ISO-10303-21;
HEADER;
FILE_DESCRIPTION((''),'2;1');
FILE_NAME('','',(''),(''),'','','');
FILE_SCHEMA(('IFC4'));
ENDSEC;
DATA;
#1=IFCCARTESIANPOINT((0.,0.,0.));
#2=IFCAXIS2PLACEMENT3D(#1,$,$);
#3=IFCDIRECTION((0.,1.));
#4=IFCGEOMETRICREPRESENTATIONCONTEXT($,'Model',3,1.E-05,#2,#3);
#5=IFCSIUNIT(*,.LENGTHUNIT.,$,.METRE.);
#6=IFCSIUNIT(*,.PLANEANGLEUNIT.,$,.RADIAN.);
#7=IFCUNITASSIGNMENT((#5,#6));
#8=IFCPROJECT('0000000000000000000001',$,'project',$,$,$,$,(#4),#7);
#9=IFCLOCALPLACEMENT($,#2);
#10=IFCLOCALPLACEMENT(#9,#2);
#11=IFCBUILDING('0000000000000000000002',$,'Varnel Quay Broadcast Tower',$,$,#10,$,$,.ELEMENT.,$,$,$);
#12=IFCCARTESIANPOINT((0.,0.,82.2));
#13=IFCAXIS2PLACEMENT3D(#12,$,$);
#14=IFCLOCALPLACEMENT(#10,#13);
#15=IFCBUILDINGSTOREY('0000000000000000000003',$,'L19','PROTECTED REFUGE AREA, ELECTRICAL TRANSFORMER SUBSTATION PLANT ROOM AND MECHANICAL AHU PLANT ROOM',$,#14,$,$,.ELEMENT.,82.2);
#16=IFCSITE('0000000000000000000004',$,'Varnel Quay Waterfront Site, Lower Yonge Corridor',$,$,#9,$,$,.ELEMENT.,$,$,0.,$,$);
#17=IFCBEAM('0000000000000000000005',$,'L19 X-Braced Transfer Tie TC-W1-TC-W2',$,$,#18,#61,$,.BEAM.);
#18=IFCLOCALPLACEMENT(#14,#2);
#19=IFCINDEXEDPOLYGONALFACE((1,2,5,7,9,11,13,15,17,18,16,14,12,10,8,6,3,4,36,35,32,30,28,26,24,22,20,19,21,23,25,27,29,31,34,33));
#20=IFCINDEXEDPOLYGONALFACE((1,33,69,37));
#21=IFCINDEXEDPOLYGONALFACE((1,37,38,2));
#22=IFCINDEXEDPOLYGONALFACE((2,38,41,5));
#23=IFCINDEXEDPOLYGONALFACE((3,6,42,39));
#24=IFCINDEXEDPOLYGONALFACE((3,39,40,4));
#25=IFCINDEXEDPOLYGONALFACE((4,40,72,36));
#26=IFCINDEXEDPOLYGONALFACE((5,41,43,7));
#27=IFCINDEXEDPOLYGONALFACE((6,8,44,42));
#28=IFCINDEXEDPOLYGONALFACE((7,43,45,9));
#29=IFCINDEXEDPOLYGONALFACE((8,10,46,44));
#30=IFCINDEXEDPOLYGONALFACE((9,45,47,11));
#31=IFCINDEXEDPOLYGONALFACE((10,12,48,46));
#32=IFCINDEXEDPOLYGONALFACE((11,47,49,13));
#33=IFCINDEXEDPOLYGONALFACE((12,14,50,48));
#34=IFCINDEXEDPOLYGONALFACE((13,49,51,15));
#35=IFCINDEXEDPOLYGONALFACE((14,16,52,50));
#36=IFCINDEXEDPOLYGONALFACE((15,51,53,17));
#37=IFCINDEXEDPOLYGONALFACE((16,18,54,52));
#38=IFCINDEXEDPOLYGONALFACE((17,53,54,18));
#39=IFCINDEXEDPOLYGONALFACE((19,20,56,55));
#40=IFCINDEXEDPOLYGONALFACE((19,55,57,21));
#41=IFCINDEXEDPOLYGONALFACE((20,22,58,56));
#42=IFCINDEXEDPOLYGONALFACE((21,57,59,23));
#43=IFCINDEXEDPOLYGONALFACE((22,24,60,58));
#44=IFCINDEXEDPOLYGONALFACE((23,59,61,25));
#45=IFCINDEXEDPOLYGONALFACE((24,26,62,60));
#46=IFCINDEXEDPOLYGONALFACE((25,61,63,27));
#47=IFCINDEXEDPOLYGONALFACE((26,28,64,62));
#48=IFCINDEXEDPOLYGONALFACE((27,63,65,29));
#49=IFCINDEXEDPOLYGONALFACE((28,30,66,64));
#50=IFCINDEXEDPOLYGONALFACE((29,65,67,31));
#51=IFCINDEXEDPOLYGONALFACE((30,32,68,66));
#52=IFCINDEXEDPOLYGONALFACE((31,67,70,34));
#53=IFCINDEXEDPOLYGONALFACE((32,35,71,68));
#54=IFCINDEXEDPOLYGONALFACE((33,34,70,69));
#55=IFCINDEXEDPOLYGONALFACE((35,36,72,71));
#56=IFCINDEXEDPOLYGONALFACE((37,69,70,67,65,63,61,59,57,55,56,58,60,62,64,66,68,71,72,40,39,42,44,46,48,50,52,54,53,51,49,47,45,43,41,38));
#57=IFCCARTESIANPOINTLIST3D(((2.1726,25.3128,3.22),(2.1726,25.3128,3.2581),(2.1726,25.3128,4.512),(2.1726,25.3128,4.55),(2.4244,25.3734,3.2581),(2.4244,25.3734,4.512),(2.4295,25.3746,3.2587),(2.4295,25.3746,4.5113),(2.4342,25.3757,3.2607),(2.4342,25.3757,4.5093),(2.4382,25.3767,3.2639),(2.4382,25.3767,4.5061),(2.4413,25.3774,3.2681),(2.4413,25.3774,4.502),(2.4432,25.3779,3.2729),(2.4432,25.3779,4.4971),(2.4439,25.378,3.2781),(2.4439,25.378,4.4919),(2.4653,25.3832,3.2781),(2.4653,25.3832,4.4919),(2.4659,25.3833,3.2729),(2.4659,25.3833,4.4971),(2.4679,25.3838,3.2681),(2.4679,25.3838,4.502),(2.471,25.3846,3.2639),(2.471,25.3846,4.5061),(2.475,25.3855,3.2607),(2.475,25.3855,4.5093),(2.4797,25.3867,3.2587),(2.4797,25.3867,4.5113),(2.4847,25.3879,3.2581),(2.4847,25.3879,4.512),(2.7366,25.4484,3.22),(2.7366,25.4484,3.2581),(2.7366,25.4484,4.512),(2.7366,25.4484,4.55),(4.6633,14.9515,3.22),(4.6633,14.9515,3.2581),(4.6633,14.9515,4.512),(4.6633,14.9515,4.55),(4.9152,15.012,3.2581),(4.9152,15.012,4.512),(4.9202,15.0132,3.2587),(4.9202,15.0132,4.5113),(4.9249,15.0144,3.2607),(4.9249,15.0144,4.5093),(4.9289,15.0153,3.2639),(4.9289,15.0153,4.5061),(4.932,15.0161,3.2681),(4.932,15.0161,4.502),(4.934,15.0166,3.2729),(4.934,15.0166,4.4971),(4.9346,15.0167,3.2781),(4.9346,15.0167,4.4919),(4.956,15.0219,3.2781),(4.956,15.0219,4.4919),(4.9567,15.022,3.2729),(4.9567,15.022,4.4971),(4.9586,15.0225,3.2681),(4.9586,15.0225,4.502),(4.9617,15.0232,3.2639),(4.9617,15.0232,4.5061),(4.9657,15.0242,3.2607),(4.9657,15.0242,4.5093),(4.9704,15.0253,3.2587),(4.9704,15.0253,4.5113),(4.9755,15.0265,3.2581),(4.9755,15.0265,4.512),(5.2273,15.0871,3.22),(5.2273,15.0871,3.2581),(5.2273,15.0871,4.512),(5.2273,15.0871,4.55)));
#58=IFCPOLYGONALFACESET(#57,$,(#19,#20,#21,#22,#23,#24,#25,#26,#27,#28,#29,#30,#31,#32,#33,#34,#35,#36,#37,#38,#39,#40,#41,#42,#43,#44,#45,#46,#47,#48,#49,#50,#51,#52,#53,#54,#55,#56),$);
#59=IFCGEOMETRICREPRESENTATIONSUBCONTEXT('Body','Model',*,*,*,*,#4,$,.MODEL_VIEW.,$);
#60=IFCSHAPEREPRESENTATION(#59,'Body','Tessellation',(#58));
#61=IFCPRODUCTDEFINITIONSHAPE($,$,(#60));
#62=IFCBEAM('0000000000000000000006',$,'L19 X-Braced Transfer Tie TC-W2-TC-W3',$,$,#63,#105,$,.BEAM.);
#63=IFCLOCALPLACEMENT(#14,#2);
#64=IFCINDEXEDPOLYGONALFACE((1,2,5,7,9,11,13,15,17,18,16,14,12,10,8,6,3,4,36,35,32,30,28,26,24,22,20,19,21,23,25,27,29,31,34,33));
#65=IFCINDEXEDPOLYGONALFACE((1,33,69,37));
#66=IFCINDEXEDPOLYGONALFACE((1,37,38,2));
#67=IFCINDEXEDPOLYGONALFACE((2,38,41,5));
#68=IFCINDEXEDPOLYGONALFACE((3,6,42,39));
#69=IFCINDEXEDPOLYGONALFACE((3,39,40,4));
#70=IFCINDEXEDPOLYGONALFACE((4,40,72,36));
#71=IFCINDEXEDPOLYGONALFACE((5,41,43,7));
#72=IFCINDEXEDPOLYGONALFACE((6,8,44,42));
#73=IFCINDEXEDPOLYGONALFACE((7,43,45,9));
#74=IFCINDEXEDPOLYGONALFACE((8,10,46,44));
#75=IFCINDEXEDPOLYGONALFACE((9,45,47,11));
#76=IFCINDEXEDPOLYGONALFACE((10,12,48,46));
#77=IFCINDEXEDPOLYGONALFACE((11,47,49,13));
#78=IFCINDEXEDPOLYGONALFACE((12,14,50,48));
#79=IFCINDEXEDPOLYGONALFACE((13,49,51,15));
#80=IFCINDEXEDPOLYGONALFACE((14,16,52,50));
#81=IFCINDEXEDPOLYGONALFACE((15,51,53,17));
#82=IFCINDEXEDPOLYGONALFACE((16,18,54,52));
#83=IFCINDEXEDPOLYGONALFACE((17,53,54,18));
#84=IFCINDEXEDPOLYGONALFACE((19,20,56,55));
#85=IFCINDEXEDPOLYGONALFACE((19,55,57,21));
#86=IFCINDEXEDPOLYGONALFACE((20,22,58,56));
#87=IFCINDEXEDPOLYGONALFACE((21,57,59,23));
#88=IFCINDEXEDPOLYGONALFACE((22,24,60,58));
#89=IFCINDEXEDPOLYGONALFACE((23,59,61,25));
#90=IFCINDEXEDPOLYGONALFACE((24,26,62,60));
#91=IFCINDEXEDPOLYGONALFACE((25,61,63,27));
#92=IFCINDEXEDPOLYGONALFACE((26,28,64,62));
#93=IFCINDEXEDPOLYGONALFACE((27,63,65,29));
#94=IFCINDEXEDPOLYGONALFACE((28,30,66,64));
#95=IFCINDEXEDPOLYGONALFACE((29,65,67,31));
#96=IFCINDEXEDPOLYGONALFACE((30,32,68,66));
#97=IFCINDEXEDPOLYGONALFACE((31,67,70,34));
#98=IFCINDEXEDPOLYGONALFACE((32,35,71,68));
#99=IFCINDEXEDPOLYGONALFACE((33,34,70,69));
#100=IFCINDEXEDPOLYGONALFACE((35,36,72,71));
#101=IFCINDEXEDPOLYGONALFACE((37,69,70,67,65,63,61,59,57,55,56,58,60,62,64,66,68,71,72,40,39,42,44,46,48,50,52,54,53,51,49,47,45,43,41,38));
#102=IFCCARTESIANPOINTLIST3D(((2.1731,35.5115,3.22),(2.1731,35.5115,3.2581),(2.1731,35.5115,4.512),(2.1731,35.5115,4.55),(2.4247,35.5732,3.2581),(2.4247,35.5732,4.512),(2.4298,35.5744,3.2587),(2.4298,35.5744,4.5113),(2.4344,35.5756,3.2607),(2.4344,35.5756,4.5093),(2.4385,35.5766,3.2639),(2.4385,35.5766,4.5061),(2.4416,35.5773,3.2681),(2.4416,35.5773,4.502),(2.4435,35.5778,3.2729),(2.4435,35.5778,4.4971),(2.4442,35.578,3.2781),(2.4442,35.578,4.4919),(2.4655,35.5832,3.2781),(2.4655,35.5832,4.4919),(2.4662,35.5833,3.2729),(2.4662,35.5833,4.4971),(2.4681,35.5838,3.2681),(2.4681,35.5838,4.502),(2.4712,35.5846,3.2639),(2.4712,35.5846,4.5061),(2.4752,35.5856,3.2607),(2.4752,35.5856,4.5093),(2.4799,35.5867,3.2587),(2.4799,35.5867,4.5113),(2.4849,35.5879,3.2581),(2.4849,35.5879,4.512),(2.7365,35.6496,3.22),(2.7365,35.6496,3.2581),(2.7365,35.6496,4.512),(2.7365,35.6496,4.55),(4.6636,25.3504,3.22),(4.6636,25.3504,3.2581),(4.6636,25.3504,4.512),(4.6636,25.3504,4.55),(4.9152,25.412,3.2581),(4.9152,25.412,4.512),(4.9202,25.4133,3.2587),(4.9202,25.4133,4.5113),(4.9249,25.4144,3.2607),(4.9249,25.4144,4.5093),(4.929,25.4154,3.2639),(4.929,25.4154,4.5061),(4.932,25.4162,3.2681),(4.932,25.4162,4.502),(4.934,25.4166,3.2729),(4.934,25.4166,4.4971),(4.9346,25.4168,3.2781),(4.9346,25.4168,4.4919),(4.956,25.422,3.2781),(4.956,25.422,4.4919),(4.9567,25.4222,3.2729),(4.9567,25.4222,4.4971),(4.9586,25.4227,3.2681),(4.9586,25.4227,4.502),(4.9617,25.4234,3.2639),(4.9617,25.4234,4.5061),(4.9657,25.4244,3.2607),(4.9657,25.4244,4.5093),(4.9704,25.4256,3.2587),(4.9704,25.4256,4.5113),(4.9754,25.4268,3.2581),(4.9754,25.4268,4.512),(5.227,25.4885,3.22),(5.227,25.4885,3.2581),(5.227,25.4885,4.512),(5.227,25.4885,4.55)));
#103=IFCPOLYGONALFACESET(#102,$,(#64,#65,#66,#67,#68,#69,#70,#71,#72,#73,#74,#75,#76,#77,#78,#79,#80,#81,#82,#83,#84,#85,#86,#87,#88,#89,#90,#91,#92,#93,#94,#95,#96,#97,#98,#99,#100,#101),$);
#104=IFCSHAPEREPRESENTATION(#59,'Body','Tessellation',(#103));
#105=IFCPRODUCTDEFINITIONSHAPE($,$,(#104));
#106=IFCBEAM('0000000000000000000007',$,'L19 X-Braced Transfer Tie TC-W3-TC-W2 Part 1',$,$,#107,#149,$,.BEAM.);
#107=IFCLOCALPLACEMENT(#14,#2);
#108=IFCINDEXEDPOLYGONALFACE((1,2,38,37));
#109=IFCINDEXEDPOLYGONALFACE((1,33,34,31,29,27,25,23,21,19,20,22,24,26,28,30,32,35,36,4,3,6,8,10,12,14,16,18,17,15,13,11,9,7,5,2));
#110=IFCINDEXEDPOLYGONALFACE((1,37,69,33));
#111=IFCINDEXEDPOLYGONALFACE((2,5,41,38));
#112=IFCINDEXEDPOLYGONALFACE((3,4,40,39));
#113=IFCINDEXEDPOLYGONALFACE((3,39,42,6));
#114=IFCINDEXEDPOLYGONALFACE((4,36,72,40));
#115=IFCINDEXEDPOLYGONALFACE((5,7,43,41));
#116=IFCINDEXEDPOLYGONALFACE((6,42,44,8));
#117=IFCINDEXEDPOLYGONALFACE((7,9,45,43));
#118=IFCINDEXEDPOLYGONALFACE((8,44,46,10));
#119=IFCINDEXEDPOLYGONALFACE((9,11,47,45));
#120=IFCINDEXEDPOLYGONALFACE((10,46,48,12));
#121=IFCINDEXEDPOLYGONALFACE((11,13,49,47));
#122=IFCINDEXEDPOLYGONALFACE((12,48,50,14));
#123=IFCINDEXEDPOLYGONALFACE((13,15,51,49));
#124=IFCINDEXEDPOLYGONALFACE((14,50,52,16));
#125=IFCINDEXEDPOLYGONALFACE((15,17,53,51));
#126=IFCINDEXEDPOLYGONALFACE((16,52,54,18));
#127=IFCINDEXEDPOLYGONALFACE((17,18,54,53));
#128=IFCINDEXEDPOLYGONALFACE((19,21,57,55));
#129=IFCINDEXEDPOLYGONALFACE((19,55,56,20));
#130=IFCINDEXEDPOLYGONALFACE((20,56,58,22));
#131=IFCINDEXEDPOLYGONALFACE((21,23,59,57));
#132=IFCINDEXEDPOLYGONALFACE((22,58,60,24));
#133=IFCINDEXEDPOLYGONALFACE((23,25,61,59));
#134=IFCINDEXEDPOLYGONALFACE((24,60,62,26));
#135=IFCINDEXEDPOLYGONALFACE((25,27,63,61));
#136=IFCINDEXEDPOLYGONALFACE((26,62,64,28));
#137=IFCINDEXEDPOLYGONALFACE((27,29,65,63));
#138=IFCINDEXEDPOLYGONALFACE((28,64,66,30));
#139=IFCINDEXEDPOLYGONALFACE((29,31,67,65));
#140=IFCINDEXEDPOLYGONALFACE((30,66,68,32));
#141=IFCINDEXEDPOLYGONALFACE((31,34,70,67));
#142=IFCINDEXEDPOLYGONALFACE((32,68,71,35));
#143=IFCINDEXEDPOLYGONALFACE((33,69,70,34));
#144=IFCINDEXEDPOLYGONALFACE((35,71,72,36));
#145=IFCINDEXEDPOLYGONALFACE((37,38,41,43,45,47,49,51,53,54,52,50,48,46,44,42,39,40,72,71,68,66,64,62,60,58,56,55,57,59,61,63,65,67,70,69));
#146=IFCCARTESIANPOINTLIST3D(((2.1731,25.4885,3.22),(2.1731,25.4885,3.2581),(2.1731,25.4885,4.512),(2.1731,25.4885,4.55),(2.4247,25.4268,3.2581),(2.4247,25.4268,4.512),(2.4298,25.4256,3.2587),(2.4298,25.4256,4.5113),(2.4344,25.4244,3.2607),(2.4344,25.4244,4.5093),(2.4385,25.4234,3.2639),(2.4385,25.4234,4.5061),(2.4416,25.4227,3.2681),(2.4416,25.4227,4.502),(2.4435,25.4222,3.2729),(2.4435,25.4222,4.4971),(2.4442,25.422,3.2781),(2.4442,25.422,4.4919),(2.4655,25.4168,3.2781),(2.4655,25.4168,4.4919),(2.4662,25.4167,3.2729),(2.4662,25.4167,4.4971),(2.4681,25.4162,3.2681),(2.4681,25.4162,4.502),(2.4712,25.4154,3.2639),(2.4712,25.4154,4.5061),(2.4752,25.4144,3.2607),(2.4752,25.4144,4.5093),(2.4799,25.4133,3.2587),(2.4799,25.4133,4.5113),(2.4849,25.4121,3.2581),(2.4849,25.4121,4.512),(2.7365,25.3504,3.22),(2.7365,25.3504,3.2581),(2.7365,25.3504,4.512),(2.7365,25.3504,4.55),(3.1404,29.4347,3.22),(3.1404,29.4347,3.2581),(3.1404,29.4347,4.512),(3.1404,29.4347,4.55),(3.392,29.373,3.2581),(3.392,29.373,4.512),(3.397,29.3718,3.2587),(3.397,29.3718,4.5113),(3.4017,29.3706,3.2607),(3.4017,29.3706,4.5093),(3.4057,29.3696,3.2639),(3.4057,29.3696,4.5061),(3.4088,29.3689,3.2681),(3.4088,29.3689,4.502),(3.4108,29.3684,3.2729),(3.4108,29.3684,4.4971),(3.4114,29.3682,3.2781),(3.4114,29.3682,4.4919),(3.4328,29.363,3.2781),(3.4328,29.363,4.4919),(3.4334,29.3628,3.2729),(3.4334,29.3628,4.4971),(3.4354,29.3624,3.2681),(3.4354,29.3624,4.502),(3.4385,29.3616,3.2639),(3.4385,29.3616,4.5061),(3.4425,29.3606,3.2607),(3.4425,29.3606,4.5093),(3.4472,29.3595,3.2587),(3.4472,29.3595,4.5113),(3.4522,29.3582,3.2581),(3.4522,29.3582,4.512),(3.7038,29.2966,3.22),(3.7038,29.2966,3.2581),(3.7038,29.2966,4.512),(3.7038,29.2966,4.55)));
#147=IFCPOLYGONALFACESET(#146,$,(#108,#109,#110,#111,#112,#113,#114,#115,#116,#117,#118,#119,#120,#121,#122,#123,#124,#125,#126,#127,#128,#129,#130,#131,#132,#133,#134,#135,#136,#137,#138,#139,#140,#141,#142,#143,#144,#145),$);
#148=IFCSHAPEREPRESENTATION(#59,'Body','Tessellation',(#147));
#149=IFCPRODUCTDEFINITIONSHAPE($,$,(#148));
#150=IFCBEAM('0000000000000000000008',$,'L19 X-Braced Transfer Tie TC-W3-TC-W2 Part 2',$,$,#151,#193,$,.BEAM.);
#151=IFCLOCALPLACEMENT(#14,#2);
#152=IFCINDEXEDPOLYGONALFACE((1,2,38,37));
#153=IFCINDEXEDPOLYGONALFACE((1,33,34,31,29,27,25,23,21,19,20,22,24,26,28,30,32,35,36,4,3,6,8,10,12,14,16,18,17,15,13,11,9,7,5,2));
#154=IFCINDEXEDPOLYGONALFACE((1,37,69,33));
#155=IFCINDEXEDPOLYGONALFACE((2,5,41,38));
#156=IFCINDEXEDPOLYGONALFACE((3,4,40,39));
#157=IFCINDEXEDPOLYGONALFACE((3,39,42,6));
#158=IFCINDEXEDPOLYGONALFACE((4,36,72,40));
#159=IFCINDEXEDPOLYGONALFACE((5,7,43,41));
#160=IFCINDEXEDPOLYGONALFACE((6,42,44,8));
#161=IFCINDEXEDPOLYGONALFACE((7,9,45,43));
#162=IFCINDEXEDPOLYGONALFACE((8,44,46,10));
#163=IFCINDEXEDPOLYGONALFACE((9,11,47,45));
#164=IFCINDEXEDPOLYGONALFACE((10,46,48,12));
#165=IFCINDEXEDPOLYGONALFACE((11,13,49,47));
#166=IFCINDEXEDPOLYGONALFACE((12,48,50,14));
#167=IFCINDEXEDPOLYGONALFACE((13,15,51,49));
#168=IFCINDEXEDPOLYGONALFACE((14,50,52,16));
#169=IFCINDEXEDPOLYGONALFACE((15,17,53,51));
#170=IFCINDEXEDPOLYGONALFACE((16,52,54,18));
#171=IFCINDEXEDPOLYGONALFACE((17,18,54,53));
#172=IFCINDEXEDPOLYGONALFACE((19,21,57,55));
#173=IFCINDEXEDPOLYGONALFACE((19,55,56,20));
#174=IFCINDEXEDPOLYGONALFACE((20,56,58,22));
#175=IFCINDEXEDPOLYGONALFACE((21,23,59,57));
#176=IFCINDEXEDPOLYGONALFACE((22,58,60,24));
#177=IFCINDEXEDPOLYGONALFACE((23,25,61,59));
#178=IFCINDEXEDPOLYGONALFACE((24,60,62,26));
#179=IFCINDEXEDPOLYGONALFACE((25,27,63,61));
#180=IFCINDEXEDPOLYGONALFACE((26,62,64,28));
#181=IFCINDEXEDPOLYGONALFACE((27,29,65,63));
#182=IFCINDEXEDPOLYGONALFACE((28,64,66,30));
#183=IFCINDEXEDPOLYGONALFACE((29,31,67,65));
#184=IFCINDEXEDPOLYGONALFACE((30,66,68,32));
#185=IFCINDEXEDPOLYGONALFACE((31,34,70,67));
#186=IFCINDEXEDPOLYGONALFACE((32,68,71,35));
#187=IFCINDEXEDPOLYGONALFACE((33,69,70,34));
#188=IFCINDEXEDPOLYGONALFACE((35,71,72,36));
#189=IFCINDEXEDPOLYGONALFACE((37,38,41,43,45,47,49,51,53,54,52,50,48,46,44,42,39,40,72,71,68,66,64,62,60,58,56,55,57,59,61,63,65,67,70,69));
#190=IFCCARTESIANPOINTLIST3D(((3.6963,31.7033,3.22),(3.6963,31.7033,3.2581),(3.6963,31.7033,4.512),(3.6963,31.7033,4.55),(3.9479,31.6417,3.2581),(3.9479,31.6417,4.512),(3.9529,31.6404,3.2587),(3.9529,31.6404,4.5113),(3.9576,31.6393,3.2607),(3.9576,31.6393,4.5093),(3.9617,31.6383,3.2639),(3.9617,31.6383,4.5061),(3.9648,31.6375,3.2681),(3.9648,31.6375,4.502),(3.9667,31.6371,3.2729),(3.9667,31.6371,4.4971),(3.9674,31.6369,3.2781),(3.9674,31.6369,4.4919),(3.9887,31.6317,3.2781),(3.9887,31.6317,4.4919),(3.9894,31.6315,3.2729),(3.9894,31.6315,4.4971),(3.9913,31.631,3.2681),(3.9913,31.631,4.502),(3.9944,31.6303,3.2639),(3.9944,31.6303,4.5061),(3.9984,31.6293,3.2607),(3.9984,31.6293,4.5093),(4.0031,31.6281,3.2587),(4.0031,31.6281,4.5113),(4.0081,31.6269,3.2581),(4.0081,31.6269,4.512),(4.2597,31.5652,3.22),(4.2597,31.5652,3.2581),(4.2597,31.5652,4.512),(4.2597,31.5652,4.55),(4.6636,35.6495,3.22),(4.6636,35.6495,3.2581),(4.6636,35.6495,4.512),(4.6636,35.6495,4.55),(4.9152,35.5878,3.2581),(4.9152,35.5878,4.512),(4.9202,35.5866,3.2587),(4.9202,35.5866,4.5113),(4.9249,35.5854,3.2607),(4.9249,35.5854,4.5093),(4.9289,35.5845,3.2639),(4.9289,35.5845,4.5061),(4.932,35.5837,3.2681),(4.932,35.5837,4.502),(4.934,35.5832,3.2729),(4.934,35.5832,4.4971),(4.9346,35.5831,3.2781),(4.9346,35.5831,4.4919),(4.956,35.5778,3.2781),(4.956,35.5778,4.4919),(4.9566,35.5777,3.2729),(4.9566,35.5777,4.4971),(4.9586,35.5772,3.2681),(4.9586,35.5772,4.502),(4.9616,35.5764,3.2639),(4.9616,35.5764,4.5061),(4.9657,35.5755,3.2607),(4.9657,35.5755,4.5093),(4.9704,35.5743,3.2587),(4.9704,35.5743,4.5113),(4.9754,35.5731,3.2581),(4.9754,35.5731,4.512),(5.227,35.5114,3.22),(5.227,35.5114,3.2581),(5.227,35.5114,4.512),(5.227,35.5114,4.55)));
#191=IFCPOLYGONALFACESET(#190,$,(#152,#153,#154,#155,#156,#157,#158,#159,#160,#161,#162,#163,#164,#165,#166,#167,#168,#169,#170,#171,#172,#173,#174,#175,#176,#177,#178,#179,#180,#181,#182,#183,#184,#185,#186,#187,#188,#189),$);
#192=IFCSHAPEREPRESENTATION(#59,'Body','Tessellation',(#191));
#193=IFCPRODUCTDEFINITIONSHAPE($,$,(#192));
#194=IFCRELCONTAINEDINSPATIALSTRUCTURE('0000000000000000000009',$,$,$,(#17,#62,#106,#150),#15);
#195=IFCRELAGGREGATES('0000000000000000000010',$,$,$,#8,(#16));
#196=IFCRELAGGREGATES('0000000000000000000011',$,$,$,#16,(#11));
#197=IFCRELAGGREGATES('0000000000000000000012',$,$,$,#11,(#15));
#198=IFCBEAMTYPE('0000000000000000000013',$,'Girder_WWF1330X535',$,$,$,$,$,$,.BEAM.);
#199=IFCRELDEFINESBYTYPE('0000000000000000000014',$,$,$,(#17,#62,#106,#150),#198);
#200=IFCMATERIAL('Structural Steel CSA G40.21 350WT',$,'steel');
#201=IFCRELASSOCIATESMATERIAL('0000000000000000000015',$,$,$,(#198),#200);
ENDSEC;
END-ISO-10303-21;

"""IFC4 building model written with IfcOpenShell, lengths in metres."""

from ifc_helpers import new_model, si_unit, direction, frame, origin, origin_2d, place, context, subcontext, project, spatial, i_section, extrude, source, transform, mapped, material, material_profile, profile_set, type_object, element, save


model = new_model("IFC4")

# Units and contexts
model_context = context("Model", 3, precision=1e-05, world=origin(), true_north=direction((0.0, 1.0)))
body_context = subcontext(model_context, "Body", "Model", "MODEL_VIEW")
ifc_project = project(units=[si_unit("LENGTHUNIT", "METRE"), si_unit("PLANEANGLEUNIT", "RADIAN")], contexts=[model_context])

# Site, building, storey
site_placement = place(None, origin())
site = spatial("IfcSite", under=ifc_project, at=site_placement, Name="Varnel Quay Waterfront Site, Lower Yonge Corridor", CompositionType="ELEMENT", RefElevation=0.0)
building_placement = place(site_placement, origin())
building = spatial("IfcBuilding", under=site, at=building_placement, Name="Varnel Quay Broadcast Tower", CompositionType="ELEMENT")
storey_placement = place(building_placement, frame((0.0, 0.0, 82.2)))
storey = spatial("IfcBuildingStorey", under=building, at=storey_placement, Name="L19", Description="PROTECTED REFUGE AREA, ELECTRICAL TRANSFORMER SUBSTATION PLANT ROOM AND MECHANICAL AHU PLANT ROOM", CompositionType="ELEMENT", Elevation=82.2)

# Beams
ifc_material_1 = material(Name="Structural Steel CSA G40.21 350WT", Category="steel")
ifc_material_profile_1 = material_profile(ifc_material_1, i_section(OverallWidth=0.5801, OverallDepth=1.3301, WebThickness=0.022, FlangeThickness=0.0381, FilletRadius=0.02, at=origin_2d()), Name="WWF1330X535")
ifc_profile_set_1 = profile_set([ifc_material_profile_1], Name="Structural Steel CSA G40.21 350WT")
beam_type_1 = type_object("IfcBeamType", Name="Girder_WWF1330X535", PredefinedType="BEAM", material=ifc_profile_set_1)
shared_shape_1 = source(origin(), body_context, "Body", "SweptSolid", [
    extrude(i_section(OverallWidth=0.5801, OverallDepth=1.3301, WebThickness=0.022, FlangeThickness=0.0381, FilletRadius=0.02, at=origin_2d()), origin(), (0.0, 0.0, 1.0), 10.6565),
])
beam_1_placement = place(storey_placement, frame((2.4546, 25.3806, 3.885), z_axis=(0.233728, -0.972302, 0.0), x_axis=(0.972302, 0.233728, 0.0)))
element("IfcBeam", 1, at=beam_1_placement, inside=storey, type_object=beam_type_1, Name="L19 X-Braced Transfer Tie TC-W1-TC-W2", PredefinedType="BEAM", context=body_context, shape_type="MappedRepresentation", body=[
    mapped(shared_shape_1, transform((0.0, 0.0, 0.0), x_axis=(1.0, 0.0, 0.0), y_axis=(0.0, 1.0, 0.0), z_axis=(0.0, 0.0, 1.0), scale=1.0)),
])
shared_shape_2 = source(origin(), body_context, "Body", "SweptSolid", [
    extrude(i_section(OverallWidth=0.5801, OverallDepth=1.3301, WebThickness=0.022, FlangeThickness=0.0381, FilletRadius=0.02, at=origin_2d()), origin(), (0.0, 0.0, 1.0), 10.4619),
])
beam_2_placement = place(storey_placement, frame((2.4548, 35.5806, 3.885), z_axis=(0.238052, -0.971252, 0.0), x_axis=(0.971252, 0.238052, 0.0)))
element("IfcBeam", 2, at=beam_2_placement, inside=storey, type_object=beam_type_1, Name="L19 X-Braced Transfer Tie TC-W2-TC-W3", PredefinedType="BEAM", context=body_context, shape_type="MappedRepresentation", body=[
    mapped(shared_shape_2, transform((0.0, 0.0, 0.0), x_axis=(1.0, 0.0, 0.0), y_axis=(0.0, 1.0, 0.0), z_axis=(0.0, 0.0, 1.0), scale=1.0)),
])
shared_shape_3 = source(origin(), body_context, "Body", "SweptSolid", [
    extrude(i_section(OverallWidth=0.5801, OverallDepth=1.3301, WebThickness=0.022, FlangeThickness=0.0381, FilletRadius=0.02, at=origin_2d()), origin(), (0.0, 0.0, 1.0), 4.063),
])
for number, where, z_axis, x_axis, name in (
    (3, (2.4548, 25.4194, 3.885), (0.238065, 0.971249, 0.0), (-0.971249, 0.238065, 0.0), "L19 X-Braced Transfer Tie TC-W3-TC-W2 Part 1"),
    (4, (3.978, 31.6343, 3.885), (0.238065, 0.971249, 0.0), (-0.971249, 0.238065, 0.0), "L19 X-Braced Transfer Tie TC-W3-TC-W2 Part 2"),
):
    element("IfcBeam", number, at=place(storey_placement, frame(where, z_axis=z_axis, x_axis=x_axis)), inside=storey, type_object=beam_type_1, Name=name, PredefinedType="BEAM", context=body_context, shape_type="MappedRepresentation", body=[
        mapped(shared_shape_3, transform((0.0, 0.0, 0.0), x_axis=(1.0, 0.0, 0.0), y_axis=(0.0, 1.0, 0.0), z_axis=(0.0, 0.0, 1.0), scale=1.0)),
    ])

save(model, "model.ifc")
